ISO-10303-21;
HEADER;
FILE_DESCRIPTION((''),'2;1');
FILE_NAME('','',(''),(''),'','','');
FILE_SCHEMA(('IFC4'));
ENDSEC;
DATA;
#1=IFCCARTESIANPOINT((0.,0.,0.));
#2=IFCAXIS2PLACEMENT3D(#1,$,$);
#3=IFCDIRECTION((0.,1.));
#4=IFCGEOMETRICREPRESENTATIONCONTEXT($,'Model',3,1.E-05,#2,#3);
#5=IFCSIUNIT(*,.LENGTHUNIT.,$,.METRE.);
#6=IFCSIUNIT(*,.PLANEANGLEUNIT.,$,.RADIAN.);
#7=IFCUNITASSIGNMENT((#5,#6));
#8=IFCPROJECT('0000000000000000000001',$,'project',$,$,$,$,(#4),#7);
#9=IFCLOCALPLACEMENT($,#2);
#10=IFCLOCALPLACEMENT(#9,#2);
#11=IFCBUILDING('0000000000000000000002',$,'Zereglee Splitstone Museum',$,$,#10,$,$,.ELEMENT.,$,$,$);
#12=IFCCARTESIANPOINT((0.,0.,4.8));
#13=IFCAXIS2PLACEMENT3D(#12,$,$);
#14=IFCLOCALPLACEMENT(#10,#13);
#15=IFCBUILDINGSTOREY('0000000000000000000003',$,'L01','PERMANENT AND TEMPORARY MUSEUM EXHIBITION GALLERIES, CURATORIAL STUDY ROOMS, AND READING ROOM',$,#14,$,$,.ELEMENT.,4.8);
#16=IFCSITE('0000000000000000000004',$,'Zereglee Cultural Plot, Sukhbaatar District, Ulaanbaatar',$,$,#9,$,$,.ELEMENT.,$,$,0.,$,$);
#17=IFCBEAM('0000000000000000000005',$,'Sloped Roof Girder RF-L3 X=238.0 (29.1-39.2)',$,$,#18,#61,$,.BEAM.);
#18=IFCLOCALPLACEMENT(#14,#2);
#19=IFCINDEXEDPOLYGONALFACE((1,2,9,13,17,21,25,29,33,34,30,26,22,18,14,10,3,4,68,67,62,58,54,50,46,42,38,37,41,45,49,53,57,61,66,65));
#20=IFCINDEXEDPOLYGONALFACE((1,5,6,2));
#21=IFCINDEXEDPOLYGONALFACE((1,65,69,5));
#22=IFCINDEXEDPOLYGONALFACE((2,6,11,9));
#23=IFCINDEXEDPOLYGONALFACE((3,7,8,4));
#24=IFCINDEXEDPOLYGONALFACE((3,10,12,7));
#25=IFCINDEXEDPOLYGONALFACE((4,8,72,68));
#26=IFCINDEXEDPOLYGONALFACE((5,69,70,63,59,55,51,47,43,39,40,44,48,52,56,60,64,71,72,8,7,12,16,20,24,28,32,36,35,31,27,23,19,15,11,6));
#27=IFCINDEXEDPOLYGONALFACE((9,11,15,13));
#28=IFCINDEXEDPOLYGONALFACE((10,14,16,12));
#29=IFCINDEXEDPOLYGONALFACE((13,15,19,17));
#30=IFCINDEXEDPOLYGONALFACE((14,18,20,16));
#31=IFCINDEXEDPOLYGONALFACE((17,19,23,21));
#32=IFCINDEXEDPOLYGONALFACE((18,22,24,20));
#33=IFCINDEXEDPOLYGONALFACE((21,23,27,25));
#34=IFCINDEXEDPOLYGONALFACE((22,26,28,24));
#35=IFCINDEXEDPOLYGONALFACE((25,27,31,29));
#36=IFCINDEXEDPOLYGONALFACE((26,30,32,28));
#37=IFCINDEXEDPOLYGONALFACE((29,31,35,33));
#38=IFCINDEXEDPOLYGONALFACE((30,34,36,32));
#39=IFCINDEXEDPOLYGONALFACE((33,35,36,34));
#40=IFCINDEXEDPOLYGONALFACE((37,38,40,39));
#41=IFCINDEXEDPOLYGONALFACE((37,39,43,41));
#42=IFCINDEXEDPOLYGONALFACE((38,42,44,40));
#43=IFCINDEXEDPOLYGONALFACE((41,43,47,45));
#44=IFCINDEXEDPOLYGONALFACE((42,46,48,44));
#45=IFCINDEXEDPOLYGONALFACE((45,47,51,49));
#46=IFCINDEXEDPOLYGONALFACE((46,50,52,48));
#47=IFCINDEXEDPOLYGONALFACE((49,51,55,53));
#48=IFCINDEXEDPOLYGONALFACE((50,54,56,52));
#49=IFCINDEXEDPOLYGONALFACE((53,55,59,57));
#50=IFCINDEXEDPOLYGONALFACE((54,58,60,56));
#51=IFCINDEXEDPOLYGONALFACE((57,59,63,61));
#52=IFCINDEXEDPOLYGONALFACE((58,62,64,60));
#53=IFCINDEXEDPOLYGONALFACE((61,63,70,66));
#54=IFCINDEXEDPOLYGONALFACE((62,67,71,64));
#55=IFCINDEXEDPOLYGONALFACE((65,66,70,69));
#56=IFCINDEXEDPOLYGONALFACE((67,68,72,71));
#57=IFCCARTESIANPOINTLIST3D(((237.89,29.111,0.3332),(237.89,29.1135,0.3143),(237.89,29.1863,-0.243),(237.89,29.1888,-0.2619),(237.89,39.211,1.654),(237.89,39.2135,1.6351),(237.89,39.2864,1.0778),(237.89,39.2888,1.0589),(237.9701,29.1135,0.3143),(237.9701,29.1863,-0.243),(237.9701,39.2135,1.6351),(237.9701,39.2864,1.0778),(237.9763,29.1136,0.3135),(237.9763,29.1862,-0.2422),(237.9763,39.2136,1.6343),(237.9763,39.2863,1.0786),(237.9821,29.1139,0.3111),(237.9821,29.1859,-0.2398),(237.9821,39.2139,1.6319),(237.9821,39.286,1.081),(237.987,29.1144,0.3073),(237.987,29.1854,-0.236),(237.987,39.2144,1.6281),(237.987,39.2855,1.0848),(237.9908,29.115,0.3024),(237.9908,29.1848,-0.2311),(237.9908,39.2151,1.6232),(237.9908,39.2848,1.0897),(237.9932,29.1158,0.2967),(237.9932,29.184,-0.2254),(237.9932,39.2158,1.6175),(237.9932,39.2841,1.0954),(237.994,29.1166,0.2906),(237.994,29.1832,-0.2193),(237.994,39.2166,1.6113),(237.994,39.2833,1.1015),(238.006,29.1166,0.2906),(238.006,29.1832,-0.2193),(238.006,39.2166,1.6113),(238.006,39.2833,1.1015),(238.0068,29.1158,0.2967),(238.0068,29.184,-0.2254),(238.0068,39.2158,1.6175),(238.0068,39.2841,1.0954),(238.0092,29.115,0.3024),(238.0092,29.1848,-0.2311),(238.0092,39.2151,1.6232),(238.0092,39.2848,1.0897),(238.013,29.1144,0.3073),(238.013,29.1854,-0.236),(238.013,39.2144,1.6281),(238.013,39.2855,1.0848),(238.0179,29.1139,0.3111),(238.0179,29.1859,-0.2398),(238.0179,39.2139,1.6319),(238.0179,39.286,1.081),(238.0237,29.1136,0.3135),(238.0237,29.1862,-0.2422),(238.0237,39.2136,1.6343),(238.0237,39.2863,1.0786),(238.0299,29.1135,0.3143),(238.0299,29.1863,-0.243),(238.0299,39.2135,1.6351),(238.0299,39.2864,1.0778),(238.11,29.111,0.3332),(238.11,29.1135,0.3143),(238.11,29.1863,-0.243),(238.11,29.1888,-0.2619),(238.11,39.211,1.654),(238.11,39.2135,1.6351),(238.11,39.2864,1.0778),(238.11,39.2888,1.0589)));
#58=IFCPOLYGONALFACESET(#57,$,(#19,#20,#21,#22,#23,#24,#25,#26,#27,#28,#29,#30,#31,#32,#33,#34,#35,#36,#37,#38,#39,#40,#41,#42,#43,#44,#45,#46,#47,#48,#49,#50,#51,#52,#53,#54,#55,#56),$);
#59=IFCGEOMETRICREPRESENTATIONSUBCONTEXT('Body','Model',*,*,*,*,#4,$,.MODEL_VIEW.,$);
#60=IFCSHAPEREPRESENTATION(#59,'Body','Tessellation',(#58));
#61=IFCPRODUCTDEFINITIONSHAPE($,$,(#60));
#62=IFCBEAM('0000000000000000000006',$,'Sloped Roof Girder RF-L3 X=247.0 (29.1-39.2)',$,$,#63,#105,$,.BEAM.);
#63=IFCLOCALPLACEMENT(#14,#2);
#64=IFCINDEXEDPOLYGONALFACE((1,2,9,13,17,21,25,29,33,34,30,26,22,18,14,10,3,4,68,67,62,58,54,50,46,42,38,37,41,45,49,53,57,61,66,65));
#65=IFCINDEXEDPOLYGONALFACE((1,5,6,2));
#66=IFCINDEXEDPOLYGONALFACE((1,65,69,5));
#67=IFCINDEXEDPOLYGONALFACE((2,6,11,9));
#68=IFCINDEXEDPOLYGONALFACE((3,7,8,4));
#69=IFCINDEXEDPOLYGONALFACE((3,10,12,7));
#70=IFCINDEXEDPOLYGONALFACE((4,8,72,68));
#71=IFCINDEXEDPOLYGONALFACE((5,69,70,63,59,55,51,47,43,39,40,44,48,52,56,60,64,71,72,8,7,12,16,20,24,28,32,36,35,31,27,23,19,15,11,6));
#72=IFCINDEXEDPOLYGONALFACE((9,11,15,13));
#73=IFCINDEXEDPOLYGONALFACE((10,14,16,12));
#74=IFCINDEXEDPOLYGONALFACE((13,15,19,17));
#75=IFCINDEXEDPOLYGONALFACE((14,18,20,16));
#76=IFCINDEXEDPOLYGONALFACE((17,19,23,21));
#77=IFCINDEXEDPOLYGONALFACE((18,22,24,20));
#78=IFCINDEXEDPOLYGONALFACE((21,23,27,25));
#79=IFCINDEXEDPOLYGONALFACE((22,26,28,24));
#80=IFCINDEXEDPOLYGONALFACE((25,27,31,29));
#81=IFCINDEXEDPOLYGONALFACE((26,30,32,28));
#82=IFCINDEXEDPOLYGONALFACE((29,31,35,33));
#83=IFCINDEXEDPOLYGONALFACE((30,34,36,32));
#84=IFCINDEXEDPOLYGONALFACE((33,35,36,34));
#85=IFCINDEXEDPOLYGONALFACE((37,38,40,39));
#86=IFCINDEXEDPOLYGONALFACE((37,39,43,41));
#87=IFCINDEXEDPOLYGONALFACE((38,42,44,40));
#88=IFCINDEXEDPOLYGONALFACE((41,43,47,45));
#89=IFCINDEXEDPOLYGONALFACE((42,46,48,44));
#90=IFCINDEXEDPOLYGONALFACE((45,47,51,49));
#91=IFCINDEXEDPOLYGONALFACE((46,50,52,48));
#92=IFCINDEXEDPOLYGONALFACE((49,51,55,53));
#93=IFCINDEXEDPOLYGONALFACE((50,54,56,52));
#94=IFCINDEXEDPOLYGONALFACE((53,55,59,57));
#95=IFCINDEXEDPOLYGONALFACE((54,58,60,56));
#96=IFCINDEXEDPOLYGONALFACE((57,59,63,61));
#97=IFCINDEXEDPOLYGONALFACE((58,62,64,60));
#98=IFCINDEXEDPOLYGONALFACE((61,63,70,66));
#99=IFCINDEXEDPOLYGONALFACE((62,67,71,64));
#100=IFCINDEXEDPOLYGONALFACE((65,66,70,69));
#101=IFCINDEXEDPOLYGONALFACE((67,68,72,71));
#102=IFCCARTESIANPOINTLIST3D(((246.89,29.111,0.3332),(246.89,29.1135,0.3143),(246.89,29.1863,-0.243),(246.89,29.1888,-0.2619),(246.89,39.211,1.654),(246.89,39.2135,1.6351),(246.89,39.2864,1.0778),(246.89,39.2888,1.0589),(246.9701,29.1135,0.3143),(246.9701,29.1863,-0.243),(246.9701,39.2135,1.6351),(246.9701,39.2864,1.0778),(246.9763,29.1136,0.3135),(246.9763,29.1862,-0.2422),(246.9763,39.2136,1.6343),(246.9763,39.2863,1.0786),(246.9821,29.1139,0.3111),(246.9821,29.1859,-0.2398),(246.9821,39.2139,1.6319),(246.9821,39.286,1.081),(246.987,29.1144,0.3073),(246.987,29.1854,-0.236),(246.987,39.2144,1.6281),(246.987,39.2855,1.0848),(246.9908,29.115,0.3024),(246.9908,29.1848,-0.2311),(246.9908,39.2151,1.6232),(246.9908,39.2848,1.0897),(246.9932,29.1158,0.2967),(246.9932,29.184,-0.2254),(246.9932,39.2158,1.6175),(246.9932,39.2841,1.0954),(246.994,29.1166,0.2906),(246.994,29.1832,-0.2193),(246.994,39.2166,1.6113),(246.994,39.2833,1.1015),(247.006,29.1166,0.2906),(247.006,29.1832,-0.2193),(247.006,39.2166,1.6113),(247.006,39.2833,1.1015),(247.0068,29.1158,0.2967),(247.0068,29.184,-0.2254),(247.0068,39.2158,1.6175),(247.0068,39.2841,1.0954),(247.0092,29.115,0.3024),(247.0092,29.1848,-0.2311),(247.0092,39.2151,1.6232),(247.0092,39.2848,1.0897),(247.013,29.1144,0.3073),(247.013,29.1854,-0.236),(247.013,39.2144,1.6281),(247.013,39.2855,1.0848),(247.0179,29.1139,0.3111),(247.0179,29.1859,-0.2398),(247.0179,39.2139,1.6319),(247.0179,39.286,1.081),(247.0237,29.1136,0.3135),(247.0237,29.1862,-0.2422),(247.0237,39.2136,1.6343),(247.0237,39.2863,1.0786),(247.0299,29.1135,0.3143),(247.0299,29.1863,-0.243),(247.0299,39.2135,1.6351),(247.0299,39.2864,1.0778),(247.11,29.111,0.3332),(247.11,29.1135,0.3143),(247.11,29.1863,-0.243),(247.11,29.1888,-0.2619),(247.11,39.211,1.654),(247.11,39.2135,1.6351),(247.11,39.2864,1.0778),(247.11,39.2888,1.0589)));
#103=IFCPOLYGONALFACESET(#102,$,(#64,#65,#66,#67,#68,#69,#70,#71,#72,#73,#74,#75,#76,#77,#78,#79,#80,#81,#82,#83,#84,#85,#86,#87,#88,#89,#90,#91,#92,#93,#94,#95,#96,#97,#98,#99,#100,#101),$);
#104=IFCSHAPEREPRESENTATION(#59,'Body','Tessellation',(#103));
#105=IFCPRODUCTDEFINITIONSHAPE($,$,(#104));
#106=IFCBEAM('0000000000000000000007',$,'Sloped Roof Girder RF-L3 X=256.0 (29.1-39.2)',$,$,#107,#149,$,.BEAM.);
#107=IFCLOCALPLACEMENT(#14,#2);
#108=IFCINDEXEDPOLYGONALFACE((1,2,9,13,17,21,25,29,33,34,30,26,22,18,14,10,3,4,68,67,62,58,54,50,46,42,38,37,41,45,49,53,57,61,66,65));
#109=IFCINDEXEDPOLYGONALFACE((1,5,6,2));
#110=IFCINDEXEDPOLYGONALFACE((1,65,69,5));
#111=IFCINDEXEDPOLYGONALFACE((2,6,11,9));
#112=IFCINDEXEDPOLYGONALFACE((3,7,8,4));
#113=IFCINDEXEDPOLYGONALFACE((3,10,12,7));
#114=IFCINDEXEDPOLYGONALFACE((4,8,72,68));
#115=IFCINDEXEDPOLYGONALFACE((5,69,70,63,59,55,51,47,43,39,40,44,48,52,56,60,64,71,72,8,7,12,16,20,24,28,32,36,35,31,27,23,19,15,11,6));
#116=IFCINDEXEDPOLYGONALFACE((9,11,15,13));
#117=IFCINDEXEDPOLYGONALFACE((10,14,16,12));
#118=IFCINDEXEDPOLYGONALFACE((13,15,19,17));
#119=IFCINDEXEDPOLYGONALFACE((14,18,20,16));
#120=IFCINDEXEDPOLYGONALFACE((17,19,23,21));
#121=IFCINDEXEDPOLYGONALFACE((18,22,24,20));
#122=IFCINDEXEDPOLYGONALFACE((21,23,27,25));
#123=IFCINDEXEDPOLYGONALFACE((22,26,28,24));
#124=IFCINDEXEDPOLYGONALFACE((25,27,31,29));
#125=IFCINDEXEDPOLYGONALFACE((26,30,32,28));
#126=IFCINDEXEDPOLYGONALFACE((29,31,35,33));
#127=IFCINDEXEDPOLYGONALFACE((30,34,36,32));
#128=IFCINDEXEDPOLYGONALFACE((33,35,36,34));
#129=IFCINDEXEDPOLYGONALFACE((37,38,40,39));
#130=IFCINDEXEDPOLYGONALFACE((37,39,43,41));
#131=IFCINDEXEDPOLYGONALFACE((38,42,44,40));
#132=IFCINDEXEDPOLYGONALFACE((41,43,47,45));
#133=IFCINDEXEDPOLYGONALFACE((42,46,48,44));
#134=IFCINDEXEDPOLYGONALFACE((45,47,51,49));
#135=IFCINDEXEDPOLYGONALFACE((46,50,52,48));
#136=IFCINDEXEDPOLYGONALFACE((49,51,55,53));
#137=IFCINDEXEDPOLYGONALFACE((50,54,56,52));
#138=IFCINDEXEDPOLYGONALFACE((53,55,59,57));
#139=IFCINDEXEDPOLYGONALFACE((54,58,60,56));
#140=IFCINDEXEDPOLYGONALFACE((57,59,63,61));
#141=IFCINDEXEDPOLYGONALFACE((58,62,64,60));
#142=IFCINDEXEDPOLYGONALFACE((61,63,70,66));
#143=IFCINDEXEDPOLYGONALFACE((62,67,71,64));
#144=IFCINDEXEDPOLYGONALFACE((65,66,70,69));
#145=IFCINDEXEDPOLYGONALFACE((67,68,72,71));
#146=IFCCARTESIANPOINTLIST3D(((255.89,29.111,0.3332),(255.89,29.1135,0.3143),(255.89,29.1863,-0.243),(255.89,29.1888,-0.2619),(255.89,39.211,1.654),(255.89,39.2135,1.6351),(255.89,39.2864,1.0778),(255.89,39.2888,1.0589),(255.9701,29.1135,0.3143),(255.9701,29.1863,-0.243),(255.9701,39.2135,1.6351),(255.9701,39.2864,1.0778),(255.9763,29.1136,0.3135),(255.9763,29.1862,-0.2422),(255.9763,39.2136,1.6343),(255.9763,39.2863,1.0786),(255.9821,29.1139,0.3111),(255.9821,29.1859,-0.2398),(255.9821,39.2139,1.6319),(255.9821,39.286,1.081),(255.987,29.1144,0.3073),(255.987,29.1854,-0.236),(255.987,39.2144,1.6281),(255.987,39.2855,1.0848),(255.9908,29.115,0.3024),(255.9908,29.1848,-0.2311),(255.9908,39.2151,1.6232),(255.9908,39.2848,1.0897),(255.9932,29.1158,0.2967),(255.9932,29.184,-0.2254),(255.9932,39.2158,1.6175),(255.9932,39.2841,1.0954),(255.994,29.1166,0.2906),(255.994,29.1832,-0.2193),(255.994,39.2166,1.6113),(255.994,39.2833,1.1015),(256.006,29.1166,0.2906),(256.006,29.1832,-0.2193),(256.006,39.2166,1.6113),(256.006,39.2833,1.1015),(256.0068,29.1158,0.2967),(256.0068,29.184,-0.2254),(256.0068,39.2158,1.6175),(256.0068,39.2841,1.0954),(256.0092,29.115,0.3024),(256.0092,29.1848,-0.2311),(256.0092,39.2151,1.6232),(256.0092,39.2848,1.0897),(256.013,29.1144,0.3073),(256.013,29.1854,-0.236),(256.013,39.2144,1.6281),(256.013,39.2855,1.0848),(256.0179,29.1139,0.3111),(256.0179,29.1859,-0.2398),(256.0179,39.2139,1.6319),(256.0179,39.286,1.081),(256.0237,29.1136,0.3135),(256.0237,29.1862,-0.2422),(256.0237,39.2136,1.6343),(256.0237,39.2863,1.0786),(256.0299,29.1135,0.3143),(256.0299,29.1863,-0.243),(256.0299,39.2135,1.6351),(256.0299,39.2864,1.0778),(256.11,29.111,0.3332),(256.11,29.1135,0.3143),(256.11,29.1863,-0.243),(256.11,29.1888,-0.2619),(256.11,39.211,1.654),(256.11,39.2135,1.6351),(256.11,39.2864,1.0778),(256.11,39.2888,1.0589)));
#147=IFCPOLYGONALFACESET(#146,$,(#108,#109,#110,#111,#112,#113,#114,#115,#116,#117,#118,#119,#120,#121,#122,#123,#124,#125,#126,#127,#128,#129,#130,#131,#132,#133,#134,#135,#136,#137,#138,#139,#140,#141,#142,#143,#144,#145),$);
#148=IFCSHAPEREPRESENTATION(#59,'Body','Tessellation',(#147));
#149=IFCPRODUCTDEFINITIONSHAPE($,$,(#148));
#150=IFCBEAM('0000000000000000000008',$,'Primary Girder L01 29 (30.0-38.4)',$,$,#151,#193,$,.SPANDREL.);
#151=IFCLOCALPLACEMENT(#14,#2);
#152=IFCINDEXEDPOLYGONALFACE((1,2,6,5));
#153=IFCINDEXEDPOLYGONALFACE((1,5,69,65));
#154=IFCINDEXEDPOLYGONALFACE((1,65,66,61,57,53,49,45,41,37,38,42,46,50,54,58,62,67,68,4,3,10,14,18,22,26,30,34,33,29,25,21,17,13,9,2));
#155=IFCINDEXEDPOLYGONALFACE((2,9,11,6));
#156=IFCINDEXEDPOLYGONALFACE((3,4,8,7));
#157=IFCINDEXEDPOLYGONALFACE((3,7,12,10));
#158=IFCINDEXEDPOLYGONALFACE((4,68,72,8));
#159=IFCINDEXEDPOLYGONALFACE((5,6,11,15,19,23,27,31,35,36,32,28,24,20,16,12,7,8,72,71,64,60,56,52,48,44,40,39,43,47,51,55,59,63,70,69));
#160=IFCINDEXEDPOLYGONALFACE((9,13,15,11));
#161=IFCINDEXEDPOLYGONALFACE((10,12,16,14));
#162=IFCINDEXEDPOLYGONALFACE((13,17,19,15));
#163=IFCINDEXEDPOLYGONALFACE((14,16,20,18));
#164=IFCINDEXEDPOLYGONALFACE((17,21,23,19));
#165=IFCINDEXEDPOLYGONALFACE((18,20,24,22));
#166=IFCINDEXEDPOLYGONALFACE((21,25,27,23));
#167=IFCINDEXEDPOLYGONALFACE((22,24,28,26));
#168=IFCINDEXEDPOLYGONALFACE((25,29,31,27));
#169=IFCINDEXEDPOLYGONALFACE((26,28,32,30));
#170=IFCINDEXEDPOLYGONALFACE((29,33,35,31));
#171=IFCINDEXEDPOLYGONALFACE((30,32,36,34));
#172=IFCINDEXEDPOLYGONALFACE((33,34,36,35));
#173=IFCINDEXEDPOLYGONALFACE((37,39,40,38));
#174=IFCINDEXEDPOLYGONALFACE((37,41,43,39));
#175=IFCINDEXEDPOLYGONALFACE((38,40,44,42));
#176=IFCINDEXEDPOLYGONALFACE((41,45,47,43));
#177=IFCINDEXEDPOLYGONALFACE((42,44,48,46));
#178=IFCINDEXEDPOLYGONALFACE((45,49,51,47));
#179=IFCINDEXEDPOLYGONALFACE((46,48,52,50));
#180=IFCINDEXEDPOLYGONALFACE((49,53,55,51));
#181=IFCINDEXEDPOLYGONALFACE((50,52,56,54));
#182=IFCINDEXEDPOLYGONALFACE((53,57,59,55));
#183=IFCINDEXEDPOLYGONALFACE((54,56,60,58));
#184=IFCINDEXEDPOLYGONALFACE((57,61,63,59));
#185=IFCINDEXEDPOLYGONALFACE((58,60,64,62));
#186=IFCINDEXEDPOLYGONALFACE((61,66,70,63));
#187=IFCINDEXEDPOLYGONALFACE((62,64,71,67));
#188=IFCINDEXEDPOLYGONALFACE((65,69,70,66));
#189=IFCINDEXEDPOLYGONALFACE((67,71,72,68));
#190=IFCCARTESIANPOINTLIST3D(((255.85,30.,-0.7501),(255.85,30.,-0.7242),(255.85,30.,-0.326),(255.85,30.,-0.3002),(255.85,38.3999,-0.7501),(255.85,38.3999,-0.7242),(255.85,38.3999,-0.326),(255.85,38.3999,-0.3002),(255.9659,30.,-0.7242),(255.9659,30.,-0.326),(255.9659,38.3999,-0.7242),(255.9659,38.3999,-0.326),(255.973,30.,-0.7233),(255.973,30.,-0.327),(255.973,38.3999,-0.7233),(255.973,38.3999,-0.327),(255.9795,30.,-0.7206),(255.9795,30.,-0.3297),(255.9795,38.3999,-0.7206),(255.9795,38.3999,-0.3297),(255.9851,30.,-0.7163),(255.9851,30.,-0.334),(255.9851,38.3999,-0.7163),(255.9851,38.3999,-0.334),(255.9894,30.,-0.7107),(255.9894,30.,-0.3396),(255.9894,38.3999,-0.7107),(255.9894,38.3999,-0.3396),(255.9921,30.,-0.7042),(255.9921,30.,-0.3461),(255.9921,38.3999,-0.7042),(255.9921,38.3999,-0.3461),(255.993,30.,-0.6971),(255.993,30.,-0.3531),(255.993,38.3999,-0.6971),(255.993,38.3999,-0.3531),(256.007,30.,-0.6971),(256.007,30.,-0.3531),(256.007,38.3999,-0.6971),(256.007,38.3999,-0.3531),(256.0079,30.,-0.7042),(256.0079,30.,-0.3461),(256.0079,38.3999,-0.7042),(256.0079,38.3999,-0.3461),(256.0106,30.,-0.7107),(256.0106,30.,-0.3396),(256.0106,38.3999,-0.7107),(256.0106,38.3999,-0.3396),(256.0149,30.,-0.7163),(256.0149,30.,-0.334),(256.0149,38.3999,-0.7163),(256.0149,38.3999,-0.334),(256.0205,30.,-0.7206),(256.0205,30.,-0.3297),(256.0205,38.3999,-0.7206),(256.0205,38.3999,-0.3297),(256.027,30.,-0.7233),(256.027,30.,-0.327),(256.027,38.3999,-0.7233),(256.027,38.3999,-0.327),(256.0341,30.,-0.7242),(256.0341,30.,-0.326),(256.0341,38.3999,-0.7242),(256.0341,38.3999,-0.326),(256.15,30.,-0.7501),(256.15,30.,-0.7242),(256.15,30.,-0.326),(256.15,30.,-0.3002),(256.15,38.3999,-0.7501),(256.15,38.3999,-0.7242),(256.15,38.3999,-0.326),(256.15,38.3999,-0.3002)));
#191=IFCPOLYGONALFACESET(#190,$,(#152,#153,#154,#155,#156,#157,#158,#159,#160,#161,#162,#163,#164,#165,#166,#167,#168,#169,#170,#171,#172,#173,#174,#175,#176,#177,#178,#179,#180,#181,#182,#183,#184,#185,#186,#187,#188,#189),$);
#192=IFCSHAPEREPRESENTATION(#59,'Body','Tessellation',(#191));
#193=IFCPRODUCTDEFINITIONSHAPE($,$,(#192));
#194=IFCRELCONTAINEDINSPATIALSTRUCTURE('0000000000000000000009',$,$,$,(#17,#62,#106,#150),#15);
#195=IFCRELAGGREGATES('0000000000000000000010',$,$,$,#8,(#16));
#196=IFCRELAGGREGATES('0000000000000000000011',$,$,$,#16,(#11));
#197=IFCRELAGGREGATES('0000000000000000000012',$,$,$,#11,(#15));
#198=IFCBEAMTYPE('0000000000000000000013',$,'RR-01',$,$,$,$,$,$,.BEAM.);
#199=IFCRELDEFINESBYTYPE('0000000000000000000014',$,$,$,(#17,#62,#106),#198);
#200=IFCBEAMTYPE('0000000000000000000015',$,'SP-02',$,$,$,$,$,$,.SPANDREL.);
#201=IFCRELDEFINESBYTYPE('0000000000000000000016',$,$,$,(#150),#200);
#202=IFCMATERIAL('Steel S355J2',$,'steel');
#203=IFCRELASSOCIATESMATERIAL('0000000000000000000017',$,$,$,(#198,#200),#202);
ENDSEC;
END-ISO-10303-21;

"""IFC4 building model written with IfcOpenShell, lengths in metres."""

from ifc_helpers import new_model, si_unit, direction, frame, origin, origin_2d, place, context, subcontext, project, spatial, i_section, extrude, material, material_profile, profile_set, type_object, element, save


model = new_model("IFC4")

# Units and contexts
model_context = context("Model", 3, precision=1e-05, world=origin(), true_north=direction((0.0, 1.0)))
body_context = subcontext(model_context, "Body", "Model", "MODEL_VIEW")
ifc_project = project(units=[si_unit("LENGTHUNIT", "METRE"), si_unit("PLANEANGLEUNIT", "RADIAN")], contexts=[model_context])

# Site, building, storey
site_placement = place(None, origin())
site = spatial("IfcSite", under=ifc_project, at=site_placement, Name="Zereglee Cultural Plot, Sukhbaatar District, Ulaanbaatar", CompositionType="ELEMENT", RefElevation=0.0)
building_placement = place(site_placement, origin())
building = spatial("IfcBuilding", under=site, at=building_placement, Name="Zereglee Splitstone Museum", CompositionType="ELEMENT")
storey_placement = place(building_placement, frame((0.0, 0.0, 4.8)))
storey = spatial("IfcBuildingStorey", under=building, at=storey_placement, Name="L01", Description="PERMANENT AND TEMPORARY MUSEUM EXHIBITION GALLERIES, CURATORIAL STUDY ROOMS, AND READING ROOM", CompositionType="ELEMENT", Elevation=4.8)

# Shared definitions
ifc_material_1 = material(Name="Steel S355J2", Category="steel")

# Beams
ifc_material_profile_1 = material_profile(ifc_material_1, i_section(OverallWidth=0.22, OverallDepth=0.6001, WebThickness=0.012, FlangeThickness=0.019, FilletRadius=0.0239, at=origin_2d()), Name="IPE 600")
ifc_profile_set_1 = profile_set([ifc_material_profile_1], Name="Steel S355J2")
beam_type_1 = type_object("IfcBeamType", Name="RR-01", PredefinedType="BEAM", material=ifc_profile_set_1)
for number, where, z_axis, x_axis, name in (
    (1, (238.0, 29.1499, 0.0356), (0.0, 0.991558, 0.129667), (-1.0, 0.0, 0.0), "Sloped Roof Girder RF-L3 X=238.0 (29.1-39.2)"),
    (2, (247.0, 29.1499, 0.0356), (0.0, 0.991558, 0.129667), (-1.0, 0.0, 0.0), "Sloped Roof Girder RF-L3 X=247.0 (29.1-39.2)"),
    (3, (256.0, 29.1499, 0.0356), (0.0, 0.991558, 0.129667), (-1.0, 0.0, 0.0), "Sloped Roof Girder RF-L3 X=256.0 (29.1-39.2)"),
):
    element("IfcBeam", number, at=place(storey_placement, frame(where, z_axis=z_axis, x_axis=x_axis)), inside=storey, type_object=beam_type_1, Name=name, PredefinedType="BEAM", context=body_context, shape_type="SweptSolid", body=[
        extrude(i_section(OverallWidth=0.22, OverallDepth=0.6001, WebThickness=0.012, FlangeThickness=0.019, FilletRadius=0.0239, at=origin_2d()), origin(), (0.0, 0.0, 1.0), 10.186),
    ])
ifc_material_profile_2 = material_profile(ifc_material_1, i_section(OverallWidth=0.3, OverallDepth=0.45, WebThickness=0.0139, FlangeThickness=0.0259, FilletRadius=0.0271, at=origin_2d()), Name="HE 450 B")
ifc_profile_set_2 = profile_set([ifc_material_profile_2], Name="Steel S355J2")
beam_type_2 = type_object("IfcBeamType", Name="SP-02", PredefinedType="SPANDREL", material=ifc_profile_set_2)
beam_1_placement = place(storey_placement, frame((256.0, 30.0, -0.5251), z_axis=(0.0, 1.0, 0.0), x_axis=(-1.0, 0.0, 0.0)))
element("IfcBeam", 4, at=beam_1_placement, inside=storey, type_object=beam_type_2, Name="Primary Girder L01 29 (30.0-38.4)", PredefinedType="SPANDREL", context=body_context, shape_type="SweptSolid", body=[
    extrude(i_section(OverallWidth=0.3, OverallDepth=0.45, WebThickness=0.0139, FlangeThickness=0.0259, FilletRadius=0.0271, at=origin_2d()), origin(), (0.0, 0.0, 1.0), 8.3999),
])

save(model, "model.ifc")
